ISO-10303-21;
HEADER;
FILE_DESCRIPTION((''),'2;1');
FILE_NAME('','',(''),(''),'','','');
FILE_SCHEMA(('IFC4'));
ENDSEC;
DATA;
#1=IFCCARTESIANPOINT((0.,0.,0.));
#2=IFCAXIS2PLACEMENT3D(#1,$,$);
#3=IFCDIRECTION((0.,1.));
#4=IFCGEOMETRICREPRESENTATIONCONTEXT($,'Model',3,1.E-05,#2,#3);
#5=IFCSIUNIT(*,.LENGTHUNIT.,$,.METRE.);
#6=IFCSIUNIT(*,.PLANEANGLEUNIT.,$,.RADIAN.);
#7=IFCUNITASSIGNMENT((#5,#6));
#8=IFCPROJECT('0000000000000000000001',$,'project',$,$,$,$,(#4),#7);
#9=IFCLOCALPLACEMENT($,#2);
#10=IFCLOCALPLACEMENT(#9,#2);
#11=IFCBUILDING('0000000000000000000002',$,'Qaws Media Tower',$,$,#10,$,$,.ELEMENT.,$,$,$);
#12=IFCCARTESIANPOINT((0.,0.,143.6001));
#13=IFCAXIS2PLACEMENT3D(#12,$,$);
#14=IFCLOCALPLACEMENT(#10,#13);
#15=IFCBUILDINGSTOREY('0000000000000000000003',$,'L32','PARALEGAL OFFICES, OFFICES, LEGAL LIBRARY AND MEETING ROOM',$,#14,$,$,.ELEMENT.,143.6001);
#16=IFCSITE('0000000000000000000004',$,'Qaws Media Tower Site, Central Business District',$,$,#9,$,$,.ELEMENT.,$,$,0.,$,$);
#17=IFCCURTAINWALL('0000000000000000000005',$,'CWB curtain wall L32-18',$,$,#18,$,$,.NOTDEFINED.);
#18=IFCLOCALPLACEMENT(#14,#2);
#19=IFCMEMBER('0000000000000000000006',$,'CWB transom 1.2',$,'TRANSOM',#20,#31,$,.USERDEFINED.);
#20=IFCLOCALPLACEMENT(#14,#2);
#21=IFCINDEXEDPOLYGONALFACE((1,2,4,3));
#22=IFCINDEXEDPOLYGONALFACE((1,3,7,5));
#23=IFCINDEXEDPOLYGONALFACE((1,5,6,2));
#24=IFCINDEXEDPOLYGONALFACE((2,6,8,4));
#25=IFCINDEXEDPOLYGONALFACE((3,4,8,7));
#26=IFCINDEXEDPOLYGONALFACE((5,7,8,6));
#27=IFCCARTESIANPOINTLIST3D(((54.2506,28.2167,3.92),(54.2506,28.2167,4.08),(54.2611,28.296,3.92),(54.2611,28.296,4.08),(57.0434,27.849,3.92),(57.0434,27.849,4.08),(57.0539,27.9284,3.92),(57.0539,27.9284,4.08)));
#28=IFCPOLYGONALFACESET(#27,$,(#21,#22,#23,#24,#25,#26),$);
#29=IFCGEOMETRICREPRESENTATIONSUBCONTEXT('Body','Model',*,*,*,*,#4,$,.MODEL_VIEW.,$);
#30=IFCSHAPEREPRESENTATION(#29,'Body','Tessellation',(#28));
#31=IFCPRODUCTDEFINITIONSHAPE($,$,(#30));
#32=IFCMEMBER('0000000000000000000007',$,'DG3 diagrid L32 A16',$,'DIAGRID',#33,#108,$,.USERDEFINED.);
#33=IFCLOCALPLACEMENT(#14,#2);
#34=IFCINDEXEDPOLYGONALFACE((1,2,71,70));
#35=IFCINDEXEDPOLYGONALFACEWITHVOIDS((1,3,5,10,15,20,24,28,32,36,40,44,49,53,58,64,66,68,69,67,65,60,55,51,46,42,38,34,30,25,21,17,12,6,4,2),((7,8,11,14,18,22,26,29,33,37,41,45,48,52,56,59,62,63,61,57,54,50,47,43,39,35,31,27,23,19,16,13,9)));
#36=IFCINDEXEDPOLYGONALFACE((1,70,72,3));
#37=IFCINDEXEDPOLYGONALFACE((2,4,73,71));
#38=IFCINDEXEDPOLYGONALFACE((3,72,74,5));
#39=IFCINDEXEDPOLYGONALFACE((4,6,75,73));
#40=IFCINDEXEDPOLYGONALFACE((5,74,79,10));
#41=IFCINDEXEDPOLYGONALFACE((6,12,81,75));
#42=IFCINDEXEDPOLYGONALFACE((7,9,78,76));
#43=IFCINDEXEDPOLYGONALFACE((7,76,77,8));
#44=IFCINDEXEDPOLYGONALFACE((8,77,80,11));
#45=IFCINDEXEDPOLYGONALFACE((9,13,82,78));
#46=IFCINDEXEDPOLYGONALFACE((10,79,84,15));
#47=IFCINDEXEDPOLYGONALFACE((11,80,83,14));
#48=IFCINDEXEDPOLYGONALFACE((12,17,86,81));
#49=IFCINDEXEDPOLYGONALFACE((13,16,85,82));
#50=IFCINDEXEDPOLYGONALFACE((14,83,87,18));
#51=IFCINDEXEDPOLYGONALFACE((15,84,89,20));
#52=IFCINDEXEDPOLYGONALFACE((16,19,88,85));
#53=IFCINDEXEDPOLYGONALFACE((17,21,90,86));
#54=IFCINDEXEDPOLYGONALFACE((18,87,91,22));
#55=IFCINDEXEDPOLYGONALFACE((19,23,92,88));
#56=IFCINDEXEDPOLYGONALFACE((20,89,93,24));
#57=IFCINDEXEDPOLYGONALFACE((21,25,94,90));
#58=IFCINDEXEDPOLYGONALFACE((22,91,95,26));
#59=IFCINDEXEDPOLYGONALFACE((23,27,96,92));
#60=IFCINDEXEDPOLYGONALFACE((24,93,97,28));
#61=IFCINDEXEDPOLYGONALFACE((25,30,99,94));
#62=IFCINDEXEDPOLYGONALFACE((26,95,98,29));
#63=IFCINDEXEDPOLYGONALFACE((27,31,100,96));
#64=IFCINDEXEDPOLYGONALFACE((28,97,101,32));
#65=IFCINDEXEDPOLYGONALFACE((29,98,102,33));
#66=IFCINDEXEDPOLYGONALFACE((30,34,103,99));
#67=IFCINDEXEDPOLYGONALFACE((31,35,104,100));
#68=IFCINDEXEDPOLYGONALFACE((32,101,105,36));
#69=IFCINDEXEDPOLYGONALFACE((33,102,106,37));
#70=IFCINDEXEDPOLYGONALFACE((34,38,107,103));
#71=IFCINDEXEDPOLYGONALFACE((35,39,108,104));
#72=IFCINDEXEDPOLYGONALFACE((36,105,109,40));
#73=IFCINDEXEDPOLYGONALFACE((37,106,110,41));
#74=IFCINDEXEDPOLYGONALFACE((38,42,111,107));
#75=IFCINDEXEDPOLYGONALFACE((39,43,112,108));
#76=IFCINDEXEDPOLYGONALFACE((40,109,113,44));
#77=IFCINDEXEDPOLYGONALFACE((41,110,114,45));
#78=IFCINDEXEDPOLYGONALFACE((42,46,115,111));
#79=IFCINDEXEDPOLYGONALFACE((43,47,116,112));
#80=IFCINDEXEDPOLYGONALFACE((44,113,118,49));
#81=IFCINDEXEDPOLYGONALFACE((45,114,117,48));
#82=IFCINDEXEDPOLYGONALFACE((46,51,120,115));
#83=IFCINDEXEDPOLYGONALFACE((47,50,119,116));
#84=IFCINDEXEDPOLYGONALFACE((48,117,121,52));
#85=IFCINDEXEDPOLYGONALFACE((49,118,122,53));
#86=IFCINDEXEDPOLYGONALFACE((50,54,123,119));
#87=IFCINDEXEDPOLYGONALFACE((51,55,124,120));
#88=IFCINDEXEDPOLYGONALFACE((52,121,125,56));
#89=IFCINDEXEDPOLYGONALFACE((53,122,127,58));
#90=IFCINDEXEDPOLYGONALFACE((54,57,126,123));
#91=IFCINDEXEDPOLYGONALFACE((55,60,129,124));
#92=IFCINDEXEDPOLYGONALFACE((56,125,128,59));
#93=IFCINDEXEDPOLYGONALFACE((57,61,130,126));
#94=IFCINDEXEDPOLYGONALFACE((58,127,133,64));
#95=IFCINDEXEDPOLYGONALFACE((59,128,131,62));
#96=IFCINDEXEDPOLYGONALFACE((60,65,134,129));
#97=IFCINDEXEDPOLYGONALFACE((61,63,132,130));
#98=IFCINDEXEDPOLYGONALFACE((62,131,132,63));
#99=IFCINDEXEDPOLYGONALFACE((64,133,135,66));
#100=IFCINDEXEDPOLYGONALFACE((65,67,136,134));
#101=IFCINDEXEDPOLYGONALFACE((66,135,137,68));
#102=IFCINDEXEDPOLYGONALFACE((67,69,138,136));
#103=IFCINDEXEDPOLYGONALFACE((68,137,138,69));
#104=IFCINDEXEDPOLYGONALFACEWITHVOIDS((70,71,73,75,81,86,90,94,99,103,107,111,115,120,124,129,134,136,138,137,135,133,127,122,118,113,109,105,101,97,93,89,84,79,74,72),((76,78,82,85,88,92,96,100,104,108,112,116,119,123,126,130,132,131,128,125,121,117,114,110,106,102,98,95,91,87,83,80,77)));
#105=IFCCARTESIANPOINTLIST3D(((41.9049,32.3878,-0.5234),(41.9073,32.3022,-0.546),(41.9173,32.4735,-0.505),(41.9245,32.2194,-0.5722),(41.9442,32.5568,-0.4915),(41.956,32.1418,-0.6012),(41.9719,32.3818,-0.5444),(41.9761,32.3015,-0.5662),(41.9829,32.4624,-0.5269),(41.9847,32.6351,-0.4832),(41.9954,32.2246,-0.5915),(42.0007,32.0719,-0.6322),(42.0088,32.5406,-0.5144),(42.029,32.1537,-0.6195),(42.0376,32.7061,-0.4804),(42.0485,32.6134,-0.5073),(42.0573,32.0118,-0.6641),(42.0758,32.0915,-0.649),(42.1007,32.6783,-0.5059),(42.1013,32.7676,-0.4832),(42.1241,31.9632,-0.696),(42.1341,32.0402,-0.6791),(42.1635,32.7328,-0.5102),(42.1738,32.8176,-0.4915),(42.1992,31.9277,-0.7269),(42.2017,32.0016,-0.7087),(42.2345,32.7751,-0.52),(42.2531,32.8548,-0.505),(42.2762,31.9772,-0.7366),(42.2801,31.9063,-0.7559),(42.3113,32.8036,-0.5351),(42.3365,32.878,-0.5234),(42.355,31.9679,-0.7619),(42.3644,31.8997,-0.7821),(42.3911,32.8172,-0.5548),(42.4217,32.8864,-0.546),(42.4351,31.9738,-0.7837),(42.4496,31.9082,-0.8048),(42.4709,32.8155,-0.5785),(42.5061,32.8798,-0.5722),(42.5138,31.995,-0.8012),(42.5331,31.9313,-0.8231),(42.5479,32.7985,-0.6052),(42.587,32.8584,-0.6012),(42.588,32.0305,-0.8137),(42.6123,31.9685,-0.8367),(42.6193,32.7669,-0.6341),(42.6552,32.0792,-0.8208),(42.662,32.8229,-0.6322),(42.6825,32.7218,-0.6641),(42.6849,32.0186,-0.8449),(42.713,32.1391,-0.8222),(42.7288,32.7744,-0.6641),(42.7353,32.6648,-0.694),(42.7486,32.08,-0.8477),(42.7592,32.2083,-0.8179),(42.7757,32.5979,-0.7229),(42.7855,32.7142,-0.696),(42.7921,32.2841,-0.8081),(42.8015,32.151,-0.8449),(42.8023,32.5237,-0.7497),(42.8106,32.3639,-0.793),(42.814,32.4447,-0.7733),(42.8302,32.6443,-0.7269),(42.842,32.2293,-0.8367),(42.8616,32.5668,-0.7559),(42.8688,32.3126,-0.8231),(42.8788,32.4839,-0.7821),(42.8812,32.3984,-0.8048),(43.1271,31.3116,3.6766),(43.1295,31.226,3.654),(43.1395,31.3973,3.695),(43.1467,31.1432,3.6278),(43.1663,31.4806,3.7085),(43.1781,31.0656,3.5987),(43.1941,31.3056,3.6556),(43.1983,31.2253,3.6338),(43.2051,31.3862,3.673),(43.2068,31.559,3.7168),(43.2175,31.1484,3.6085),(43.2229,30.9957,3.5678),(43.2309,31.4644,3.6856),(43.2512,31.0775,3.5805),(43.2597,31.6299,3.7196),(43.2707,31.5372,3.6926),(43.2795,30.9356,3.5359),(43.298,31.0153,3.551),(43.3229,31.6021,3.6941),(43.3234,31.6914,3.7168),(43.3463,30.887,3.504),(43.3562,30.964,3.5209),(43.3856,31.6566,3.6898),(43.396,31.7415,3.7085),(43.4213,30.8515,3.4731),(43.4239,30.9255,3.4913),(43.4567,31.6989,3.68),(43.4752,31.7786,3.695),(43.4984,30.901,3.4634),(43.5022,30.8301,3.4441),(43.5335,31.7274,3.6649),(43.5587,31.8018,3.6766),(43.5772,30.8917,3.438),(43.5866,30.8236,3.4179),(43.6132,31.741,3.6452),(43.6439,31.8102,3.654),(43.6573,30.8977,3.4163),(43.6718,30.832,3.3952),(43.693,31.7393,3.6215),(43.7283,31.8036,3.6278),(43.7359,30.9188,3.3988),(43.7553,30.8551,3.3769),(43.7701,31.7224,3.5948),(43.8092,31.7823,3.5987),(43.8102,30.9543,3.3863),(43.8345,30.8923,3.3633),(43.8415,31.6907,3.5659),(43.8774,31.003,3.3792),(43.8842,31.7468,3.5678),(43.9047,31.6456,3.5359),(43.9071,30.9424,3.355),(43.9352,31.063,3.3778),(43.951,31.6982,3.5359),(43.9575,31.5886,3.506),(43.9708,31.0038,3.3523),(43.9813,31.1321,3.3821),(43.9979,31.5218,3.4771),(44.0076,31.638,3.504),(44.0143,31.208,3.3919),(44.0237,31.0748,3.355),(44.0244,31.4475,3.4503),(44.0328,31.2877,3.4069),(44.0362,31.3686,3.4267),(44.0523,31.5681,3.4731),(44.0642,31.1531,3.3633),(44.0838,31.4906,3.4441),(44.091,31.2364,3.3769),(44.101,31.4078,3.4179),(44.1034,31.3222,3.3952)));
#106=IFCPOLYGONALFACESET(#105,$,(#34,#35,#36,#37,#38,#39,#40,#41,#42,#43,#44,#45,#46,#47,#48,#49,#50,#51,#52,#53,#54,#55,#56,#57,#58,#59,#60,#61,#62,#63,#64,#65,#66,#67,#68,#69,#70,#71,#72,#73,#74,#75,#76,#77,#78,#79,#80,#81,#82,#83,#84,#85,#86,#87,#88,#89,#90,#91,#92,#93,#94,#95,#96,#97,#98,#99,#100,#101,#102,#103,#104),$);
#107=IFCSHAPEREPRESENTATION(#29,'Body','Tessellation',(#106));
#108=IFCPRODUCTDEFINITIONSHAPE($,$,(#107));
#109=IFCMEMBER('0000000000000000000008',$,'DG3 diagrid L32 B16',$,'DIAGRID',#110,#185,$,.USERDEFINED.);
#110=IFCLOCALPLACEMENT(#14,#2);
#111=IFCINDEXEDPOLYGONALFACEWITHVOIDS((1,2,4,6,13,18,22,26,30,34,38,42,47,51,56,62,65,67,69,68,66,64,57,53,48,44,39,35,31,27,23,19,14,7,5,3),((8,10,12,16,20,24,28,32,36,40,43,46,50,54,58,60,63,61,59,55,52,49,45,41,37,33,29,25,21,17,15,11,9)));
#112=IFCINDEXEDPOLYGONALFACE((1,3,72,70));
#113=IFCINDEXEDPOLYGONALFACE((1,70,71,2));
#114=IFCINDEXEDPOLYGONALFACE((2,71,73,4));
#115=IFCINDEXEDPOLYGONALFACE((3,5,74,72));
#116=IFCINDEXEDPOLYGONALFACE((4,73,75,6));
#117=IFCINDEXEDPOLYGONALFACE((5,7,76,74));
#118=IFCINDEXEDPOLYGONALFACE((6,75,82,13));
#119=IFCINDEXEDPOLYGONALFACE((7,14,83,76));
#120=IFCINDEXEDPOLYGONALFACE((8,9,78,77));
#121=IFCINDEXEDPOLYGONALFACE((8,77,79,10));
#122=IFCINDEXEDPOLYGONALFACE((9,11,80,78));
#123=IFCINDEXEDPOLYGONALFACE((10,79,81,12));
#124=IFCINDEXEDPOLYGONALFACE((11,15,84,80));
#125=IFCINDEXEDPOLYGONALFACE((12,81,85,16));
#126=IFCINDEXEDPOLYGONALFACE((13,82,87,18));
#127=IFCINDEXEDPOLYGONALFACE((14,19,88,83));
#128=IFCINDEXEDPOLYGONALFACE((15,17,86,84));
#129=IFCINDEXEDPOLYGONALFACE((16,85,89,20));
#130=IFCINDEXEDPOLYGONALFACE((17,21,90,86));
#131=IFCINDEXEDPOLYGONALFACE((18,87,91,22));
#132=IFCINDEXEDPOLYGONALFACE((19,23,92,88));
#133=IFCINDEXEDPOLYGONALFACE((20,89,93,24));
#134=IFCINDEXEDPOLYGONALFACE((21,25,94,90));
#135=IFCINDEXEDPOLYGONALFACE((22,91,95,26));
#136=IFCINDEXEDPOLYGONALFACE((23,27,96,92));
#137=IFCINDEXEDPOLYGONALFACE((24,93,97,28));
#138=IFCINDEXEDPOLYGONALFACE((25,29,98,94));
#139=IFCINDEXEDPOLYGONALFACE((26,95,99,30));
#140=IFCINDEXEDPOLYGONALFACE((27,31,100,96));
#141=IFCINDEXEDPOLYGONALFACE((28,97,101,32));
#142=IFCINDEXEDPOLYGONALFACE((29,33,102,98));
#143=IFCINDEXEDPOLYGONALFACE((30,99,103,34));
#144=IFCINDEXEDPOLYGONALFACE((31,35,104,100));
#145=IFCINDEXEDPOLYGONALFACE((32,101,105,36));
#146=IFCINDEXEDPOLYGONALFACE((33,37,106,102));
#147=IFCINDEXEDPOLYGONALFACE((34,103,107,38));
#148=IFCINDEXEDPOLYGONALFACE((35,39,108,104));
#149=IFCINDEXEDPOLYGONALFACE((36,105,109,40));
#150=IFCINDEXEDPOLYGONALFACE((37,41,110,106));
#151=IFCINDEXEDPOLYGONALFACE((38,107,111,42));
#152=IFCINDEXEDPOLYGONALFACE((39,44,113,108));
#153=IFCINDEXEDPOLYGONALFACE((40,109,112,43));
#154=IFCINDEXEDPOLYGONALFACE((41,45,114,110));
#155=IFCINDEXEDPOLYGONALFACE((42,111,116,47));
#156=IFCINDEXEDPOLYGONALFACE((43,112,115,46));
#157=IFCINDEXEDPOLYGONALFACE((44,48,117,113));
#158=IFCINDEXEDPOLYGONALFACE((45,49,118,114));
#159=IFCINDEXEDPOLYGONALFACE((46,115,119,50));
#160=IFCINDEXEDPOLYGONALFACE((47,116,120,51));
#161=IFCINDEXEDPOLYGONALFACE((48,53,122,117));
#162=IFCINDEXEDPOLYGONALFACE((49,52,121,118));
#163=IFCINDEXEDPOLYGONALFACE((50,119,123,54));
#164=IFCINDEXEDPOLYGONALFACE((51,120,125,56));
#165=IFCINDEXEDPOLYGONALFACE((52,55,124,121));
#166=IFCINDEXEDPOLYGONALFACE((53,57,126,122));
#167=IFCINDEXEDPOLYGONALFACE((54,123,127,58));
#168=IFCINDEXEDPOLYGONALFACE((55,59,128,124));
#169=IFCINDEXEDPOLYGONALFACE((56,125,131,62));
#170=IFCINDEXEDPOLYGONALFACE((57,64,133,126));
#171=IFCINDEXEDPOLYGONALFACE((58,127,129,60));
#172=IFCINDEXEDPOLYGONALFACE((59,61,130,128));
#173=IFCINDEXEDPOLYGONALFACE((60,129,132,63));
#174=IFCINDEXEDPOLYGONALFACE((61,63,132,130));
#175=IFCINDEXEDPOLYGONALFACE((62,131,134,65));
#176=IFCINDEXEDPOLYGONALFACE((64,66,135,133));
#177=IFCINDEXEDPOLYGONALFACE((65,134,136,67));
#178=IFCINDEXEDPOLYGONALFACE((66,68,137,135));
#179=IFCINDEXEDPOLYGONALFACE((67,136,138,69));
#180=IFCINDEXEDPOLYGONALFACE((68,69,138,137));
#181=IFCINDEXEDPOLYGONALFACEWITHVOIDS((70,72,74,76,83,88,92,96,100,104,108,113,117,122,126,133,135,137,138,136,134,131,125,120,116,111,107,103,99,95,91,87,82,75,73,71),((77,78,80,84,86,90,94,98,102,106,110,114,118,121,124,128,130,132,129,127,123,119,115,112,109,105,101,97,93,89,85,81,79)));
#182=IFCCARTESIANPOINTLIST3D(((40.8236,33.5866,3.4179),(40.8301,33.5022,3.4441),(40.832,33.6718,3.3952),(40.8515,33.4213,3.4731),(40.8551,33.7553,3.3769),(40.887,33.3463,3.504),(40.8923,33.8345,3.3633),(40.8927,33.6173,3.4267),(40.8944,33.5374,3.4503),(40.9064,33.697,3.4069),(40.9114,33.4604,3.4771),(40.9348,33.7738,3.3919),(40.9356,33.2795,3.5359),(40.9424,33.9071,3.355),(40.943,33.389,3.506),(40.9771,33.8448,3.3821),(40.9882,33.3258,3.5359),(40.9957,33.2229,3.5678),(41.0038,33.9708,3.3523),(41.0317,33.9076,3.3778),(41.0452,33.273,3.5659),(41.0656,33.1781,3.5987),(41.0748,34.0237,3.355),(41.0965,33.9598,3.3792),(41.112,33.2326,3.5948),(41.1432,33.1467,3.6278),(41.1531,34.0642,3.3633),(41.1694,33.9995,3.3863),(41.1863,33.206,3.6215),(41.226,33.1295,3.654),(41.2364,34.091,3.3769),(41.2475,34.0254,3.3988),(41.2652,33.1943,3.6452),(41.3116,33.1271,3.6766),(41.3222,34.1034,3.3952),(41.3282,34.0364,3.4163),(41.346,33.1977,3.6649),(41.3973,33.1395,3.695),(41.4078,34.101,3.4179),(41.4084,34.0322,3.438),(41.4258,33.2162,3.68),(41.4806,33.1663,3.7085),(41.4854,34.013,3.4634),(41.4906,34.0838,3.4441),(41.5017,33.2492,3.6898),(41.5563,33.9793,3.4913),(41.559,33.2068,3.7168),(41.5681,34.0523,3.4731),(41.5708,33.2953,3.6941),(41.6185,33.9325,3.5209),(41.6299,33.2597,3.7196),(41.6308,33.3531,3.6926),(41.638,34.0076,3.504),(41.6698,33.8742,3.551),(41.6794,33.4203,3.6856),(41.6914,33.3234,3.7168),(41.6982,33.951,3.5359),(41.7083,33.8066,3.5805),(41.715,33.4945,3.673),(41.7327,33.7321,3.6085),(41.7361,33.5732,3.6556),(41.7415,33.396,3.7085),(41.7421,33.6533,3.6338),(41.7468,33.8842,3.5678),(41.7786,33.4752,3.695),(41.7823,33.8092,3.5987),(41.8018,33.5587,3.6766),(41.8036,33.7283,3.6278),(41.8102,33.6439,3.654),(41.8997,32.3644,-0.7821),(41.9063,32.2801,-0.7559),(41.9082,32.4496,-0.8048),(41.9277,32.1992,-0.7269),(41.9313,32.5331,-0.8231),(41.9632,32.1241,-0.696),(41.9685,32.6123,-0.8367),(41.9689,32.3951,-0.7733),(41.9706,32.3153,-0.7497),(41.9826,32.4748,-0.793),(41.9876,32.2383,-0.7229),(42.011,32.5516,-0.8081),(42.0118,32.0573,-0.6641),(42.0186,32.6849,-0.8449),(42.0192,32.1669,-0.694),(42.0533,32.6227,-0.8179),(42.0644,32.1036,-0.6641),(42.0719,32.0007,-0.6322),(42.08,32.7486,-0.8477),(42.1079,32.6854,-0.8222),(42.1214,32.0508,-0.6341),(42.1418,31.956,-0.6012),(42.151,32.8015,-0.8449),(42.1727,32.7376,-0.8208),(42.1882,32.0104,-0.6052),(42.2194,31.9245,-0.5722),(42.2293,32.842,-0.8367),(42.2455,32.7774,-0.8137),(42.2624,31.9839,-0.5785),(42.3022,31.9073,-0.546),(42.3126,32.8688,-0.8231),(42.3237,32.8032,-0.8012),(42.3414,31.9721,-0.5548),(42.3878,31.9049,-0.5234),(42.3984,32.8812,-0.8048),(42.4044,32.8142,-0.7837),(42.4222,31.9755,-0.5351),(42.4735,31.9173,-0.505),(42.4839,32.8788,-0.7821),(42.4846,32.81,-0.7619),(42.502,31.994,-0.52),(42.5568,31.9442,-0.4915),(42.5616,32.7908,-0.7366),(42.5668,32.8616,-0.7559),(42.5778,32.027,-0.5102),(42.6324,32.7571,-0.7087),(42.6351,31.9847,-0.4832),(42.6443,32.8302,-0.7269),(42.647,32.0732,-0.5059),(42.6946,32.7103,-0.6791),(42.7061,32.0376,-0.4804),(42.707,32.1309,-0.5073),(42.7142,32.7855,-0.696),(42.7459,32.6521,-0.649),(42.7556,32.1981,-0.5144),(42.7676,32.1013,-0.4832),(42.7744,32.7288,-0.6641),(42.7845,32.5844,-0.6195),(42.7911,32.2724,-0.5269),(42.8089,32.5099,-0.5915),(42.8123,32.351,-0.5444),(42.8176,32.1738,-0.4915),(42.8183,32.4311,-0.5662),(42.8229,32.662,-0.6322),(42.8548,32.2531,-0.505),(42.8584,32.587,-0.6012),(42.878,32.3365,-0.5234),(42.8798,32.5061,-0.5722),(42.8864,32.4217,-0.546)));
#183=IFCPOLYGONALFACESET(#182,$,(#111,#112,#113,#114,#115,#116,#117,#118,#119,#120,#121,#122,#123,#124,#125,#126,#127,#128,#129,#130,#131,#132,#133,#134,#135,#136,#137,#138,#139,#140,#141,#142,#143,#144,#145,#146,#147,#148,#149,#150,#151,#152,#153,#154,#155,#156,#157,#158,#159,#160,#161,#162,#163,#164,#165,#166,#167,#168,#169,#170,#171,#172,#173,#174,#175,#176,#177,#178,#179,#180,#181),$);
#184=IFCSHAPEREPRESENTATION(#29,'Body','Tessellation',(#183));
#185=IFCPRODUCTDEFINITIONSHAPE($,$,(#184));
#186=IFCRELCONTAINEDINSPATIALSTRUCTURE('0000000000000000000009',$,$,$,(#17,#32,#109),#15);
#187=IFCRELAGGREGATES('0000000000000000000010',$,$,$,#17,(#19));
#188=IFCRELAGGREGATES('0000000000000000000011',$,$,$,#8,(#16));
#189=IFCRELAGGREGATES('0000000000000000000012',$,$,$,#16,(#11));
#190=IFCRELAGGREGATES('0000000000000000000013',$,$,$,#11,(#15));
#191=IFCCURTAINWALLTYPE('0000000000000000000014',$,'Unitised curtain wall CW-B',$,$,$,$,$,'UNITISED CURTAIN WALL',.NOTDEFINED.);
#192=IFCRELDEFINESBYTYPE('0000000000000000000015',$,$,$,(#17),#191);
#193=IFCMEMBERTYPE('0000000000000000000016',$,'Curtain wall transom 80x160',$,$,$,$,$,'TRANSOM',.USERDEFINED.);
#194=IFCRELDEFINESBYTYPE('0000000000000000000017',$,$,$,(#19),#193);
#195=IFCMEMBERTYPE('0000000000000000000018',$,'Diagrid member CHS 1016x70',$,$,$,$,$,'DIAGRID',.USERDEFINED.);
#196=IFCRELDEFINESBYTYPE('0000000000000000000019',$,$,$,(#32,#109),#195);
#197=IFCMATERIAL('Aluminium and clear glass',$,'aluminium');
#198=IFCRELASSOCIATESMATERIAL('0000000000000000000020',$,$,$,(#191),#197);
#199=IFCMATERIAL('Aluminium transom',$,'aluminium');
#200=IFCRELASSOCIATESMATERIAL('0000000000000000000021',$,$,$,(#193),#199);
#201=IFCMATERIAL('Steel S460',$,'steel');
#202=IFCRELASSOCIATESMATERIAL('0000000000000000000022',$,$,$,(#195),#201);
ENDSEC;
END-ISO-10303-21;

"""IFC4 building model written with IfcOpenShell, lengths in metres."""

from ifc_helpers import new_model, si_unit, direction, frame, origin, origin_2d, place, context, subcontext, project, spatial, rectangle, hollow_circle, extrude, material, material_profile, profile_set, type_object, element, aggregate, save


model = new_model("IFC4")

# Units and contexts
model_context = context("Model", 3, precision=1e-05, world=origin(), true_north=direction((0.0, 1.0)))
body_context = subcontext(model_context, "Body", "Model", "MODEL_VIEW")
ifc_project = project(units=[si_unit("LENGTHUNIT", "METRE"), si_unit("PLANEANGLEUNIT", "RADIAN")], contexts=[model_context])

# Site, building, storey
site_placement = place(None, origin())
site = spatial("IfcSite", under=ifc_project, at=site_placement, Name="Qaws Media Tower Site, Central Business District", CompositionType="ELEMENT", RefElevation=0.0)
building_placement = place(site_placement, origin())
building = spatial("IfcBuilding", under=site, at=building_placement, Name="Qaws Media Tower", CompositionType="ELEMENT")
storey_placement = place(building_placement, frame((0.0, 0.0, 143.6001)))
storey = spatial("IfcBuildingStorey", under=building, at=storey_placement, Name="L32", Description="PARALEGAL OFFICES, OFFICES, LEGAL LIBRARY AND MEETING ROOM", CompositionType="ELEMENT", Elevation=143.6001)

# Shared definitions
ifc_material_1 = material(Name="Aluminium and clear glass", Category="aluminium")
curtain_wall_type = type_object("IfcCurtainWallType", Name="Unitised curtain wall CW-B", ElementType="UNITISED CURTAIN WALL", PredefinedType="NOTDEFINED", material=ifc_material_1)

# Curtain wall
curtain_wall_1_placement = place(storey_placement, origin())
curtain_wall_1 = element("IfcCurtainWall", 1, at=curtain_wall_1_placement, inside=storey, type_object=curtain_wall_type, Name="CWB curtain wall L32-18", PredefinedType="NOTDEFINED")

# Member
ifc_material_2 = material(Name="Aluminium transom", Category="aluminium")
ifc_material_profile_1 = material_profile(ifc_material_2, rectangle(XDim=0.0801, YDim=0.1599, at=origin_2d()), Name="80x160")
ifc_profile_set_1 = profile_set([ifc_material_profile_1], Name="Aluminium transom")
member_type_1 = type_object("IfcMemberType", Name="Curtain wall transom 80x160", ElementType="TRANSOM", PredefinedType="USERDEFINED", material=ifc_profile_set_1)
member_1_placement = place(storey_placement, frame((54.2559, 28.2563, 4.0), z_axis=(0.991445, -0.130528, 0.0), x_axis=(0.130528, 0.991445, 0.0)))
member_1 = element("IfcMember", 2, at=member_1_placement, type_object=member_type_1, Name="CWB transom 1.2", ObjectType="TRANSOM", PredefinedType="USERDEFINED", context=body_context, shape_type="SweptSolid", body=[
    extrude(rectangle(XDim=0.0801, YDim=0.1599, at=origin_2d()), origin(), (0.0, 0.0, 1.0), 2.8169),
])
aggregate(curtain_wall_1, [member_1])

# Members
ifc_material_3 = material(Name="Steel S460", Category="steel")
ifc_material_profile_2 = material_profile(ifc_material_3, hollow_circle(Radius=0.5081, WallThickness=0.0701, at=origin_2d()), Name="CHS 1016x70")
ifc_profile_set_2 = profile_set([ifc_material_profile_2], Name="Steel S460")
member_type_2 = type_object("IfcMemberType", Name="Diagrid member CHS 1016x70", ElementType="DIAGRID", PredefinedType="USERDEFINED", material=ifc_profile_set_2)
for number, where, z_axis, x_axis, name in (
    (3, (42.3931, 32.3931, -0.6641), (0.271315, -0.238905, 0.932369), (0.660858, 0.750511, 0.0), "DG3 diagrid L32 A16"),
    (4, (42.3931, 32.3931, -0.6641), (-0.238905, 0.271315, 0.932369), (-0.750511, -0.660858, 0.0), "DG3 diagrid L32 B16"),
):
    element("IfcMember", number, at=place(storey_placement, frame(where, z_axis=z_axis, x_axis=x_axis)), inside=storey, type_object=member_type_2, Name=name, ObjectType="DIAGRID", PredefinedType="USERDEFINED", context=body_context, shape_type="SweptSolid", body=[
        extrude(hollow_circle(Radius=0.5081, WallThickness=0.0701, at=origin_2d()), origin(), (0.0, 0.0, 1.0), 4.5046),
    ])

save(model, "model.ifc")
